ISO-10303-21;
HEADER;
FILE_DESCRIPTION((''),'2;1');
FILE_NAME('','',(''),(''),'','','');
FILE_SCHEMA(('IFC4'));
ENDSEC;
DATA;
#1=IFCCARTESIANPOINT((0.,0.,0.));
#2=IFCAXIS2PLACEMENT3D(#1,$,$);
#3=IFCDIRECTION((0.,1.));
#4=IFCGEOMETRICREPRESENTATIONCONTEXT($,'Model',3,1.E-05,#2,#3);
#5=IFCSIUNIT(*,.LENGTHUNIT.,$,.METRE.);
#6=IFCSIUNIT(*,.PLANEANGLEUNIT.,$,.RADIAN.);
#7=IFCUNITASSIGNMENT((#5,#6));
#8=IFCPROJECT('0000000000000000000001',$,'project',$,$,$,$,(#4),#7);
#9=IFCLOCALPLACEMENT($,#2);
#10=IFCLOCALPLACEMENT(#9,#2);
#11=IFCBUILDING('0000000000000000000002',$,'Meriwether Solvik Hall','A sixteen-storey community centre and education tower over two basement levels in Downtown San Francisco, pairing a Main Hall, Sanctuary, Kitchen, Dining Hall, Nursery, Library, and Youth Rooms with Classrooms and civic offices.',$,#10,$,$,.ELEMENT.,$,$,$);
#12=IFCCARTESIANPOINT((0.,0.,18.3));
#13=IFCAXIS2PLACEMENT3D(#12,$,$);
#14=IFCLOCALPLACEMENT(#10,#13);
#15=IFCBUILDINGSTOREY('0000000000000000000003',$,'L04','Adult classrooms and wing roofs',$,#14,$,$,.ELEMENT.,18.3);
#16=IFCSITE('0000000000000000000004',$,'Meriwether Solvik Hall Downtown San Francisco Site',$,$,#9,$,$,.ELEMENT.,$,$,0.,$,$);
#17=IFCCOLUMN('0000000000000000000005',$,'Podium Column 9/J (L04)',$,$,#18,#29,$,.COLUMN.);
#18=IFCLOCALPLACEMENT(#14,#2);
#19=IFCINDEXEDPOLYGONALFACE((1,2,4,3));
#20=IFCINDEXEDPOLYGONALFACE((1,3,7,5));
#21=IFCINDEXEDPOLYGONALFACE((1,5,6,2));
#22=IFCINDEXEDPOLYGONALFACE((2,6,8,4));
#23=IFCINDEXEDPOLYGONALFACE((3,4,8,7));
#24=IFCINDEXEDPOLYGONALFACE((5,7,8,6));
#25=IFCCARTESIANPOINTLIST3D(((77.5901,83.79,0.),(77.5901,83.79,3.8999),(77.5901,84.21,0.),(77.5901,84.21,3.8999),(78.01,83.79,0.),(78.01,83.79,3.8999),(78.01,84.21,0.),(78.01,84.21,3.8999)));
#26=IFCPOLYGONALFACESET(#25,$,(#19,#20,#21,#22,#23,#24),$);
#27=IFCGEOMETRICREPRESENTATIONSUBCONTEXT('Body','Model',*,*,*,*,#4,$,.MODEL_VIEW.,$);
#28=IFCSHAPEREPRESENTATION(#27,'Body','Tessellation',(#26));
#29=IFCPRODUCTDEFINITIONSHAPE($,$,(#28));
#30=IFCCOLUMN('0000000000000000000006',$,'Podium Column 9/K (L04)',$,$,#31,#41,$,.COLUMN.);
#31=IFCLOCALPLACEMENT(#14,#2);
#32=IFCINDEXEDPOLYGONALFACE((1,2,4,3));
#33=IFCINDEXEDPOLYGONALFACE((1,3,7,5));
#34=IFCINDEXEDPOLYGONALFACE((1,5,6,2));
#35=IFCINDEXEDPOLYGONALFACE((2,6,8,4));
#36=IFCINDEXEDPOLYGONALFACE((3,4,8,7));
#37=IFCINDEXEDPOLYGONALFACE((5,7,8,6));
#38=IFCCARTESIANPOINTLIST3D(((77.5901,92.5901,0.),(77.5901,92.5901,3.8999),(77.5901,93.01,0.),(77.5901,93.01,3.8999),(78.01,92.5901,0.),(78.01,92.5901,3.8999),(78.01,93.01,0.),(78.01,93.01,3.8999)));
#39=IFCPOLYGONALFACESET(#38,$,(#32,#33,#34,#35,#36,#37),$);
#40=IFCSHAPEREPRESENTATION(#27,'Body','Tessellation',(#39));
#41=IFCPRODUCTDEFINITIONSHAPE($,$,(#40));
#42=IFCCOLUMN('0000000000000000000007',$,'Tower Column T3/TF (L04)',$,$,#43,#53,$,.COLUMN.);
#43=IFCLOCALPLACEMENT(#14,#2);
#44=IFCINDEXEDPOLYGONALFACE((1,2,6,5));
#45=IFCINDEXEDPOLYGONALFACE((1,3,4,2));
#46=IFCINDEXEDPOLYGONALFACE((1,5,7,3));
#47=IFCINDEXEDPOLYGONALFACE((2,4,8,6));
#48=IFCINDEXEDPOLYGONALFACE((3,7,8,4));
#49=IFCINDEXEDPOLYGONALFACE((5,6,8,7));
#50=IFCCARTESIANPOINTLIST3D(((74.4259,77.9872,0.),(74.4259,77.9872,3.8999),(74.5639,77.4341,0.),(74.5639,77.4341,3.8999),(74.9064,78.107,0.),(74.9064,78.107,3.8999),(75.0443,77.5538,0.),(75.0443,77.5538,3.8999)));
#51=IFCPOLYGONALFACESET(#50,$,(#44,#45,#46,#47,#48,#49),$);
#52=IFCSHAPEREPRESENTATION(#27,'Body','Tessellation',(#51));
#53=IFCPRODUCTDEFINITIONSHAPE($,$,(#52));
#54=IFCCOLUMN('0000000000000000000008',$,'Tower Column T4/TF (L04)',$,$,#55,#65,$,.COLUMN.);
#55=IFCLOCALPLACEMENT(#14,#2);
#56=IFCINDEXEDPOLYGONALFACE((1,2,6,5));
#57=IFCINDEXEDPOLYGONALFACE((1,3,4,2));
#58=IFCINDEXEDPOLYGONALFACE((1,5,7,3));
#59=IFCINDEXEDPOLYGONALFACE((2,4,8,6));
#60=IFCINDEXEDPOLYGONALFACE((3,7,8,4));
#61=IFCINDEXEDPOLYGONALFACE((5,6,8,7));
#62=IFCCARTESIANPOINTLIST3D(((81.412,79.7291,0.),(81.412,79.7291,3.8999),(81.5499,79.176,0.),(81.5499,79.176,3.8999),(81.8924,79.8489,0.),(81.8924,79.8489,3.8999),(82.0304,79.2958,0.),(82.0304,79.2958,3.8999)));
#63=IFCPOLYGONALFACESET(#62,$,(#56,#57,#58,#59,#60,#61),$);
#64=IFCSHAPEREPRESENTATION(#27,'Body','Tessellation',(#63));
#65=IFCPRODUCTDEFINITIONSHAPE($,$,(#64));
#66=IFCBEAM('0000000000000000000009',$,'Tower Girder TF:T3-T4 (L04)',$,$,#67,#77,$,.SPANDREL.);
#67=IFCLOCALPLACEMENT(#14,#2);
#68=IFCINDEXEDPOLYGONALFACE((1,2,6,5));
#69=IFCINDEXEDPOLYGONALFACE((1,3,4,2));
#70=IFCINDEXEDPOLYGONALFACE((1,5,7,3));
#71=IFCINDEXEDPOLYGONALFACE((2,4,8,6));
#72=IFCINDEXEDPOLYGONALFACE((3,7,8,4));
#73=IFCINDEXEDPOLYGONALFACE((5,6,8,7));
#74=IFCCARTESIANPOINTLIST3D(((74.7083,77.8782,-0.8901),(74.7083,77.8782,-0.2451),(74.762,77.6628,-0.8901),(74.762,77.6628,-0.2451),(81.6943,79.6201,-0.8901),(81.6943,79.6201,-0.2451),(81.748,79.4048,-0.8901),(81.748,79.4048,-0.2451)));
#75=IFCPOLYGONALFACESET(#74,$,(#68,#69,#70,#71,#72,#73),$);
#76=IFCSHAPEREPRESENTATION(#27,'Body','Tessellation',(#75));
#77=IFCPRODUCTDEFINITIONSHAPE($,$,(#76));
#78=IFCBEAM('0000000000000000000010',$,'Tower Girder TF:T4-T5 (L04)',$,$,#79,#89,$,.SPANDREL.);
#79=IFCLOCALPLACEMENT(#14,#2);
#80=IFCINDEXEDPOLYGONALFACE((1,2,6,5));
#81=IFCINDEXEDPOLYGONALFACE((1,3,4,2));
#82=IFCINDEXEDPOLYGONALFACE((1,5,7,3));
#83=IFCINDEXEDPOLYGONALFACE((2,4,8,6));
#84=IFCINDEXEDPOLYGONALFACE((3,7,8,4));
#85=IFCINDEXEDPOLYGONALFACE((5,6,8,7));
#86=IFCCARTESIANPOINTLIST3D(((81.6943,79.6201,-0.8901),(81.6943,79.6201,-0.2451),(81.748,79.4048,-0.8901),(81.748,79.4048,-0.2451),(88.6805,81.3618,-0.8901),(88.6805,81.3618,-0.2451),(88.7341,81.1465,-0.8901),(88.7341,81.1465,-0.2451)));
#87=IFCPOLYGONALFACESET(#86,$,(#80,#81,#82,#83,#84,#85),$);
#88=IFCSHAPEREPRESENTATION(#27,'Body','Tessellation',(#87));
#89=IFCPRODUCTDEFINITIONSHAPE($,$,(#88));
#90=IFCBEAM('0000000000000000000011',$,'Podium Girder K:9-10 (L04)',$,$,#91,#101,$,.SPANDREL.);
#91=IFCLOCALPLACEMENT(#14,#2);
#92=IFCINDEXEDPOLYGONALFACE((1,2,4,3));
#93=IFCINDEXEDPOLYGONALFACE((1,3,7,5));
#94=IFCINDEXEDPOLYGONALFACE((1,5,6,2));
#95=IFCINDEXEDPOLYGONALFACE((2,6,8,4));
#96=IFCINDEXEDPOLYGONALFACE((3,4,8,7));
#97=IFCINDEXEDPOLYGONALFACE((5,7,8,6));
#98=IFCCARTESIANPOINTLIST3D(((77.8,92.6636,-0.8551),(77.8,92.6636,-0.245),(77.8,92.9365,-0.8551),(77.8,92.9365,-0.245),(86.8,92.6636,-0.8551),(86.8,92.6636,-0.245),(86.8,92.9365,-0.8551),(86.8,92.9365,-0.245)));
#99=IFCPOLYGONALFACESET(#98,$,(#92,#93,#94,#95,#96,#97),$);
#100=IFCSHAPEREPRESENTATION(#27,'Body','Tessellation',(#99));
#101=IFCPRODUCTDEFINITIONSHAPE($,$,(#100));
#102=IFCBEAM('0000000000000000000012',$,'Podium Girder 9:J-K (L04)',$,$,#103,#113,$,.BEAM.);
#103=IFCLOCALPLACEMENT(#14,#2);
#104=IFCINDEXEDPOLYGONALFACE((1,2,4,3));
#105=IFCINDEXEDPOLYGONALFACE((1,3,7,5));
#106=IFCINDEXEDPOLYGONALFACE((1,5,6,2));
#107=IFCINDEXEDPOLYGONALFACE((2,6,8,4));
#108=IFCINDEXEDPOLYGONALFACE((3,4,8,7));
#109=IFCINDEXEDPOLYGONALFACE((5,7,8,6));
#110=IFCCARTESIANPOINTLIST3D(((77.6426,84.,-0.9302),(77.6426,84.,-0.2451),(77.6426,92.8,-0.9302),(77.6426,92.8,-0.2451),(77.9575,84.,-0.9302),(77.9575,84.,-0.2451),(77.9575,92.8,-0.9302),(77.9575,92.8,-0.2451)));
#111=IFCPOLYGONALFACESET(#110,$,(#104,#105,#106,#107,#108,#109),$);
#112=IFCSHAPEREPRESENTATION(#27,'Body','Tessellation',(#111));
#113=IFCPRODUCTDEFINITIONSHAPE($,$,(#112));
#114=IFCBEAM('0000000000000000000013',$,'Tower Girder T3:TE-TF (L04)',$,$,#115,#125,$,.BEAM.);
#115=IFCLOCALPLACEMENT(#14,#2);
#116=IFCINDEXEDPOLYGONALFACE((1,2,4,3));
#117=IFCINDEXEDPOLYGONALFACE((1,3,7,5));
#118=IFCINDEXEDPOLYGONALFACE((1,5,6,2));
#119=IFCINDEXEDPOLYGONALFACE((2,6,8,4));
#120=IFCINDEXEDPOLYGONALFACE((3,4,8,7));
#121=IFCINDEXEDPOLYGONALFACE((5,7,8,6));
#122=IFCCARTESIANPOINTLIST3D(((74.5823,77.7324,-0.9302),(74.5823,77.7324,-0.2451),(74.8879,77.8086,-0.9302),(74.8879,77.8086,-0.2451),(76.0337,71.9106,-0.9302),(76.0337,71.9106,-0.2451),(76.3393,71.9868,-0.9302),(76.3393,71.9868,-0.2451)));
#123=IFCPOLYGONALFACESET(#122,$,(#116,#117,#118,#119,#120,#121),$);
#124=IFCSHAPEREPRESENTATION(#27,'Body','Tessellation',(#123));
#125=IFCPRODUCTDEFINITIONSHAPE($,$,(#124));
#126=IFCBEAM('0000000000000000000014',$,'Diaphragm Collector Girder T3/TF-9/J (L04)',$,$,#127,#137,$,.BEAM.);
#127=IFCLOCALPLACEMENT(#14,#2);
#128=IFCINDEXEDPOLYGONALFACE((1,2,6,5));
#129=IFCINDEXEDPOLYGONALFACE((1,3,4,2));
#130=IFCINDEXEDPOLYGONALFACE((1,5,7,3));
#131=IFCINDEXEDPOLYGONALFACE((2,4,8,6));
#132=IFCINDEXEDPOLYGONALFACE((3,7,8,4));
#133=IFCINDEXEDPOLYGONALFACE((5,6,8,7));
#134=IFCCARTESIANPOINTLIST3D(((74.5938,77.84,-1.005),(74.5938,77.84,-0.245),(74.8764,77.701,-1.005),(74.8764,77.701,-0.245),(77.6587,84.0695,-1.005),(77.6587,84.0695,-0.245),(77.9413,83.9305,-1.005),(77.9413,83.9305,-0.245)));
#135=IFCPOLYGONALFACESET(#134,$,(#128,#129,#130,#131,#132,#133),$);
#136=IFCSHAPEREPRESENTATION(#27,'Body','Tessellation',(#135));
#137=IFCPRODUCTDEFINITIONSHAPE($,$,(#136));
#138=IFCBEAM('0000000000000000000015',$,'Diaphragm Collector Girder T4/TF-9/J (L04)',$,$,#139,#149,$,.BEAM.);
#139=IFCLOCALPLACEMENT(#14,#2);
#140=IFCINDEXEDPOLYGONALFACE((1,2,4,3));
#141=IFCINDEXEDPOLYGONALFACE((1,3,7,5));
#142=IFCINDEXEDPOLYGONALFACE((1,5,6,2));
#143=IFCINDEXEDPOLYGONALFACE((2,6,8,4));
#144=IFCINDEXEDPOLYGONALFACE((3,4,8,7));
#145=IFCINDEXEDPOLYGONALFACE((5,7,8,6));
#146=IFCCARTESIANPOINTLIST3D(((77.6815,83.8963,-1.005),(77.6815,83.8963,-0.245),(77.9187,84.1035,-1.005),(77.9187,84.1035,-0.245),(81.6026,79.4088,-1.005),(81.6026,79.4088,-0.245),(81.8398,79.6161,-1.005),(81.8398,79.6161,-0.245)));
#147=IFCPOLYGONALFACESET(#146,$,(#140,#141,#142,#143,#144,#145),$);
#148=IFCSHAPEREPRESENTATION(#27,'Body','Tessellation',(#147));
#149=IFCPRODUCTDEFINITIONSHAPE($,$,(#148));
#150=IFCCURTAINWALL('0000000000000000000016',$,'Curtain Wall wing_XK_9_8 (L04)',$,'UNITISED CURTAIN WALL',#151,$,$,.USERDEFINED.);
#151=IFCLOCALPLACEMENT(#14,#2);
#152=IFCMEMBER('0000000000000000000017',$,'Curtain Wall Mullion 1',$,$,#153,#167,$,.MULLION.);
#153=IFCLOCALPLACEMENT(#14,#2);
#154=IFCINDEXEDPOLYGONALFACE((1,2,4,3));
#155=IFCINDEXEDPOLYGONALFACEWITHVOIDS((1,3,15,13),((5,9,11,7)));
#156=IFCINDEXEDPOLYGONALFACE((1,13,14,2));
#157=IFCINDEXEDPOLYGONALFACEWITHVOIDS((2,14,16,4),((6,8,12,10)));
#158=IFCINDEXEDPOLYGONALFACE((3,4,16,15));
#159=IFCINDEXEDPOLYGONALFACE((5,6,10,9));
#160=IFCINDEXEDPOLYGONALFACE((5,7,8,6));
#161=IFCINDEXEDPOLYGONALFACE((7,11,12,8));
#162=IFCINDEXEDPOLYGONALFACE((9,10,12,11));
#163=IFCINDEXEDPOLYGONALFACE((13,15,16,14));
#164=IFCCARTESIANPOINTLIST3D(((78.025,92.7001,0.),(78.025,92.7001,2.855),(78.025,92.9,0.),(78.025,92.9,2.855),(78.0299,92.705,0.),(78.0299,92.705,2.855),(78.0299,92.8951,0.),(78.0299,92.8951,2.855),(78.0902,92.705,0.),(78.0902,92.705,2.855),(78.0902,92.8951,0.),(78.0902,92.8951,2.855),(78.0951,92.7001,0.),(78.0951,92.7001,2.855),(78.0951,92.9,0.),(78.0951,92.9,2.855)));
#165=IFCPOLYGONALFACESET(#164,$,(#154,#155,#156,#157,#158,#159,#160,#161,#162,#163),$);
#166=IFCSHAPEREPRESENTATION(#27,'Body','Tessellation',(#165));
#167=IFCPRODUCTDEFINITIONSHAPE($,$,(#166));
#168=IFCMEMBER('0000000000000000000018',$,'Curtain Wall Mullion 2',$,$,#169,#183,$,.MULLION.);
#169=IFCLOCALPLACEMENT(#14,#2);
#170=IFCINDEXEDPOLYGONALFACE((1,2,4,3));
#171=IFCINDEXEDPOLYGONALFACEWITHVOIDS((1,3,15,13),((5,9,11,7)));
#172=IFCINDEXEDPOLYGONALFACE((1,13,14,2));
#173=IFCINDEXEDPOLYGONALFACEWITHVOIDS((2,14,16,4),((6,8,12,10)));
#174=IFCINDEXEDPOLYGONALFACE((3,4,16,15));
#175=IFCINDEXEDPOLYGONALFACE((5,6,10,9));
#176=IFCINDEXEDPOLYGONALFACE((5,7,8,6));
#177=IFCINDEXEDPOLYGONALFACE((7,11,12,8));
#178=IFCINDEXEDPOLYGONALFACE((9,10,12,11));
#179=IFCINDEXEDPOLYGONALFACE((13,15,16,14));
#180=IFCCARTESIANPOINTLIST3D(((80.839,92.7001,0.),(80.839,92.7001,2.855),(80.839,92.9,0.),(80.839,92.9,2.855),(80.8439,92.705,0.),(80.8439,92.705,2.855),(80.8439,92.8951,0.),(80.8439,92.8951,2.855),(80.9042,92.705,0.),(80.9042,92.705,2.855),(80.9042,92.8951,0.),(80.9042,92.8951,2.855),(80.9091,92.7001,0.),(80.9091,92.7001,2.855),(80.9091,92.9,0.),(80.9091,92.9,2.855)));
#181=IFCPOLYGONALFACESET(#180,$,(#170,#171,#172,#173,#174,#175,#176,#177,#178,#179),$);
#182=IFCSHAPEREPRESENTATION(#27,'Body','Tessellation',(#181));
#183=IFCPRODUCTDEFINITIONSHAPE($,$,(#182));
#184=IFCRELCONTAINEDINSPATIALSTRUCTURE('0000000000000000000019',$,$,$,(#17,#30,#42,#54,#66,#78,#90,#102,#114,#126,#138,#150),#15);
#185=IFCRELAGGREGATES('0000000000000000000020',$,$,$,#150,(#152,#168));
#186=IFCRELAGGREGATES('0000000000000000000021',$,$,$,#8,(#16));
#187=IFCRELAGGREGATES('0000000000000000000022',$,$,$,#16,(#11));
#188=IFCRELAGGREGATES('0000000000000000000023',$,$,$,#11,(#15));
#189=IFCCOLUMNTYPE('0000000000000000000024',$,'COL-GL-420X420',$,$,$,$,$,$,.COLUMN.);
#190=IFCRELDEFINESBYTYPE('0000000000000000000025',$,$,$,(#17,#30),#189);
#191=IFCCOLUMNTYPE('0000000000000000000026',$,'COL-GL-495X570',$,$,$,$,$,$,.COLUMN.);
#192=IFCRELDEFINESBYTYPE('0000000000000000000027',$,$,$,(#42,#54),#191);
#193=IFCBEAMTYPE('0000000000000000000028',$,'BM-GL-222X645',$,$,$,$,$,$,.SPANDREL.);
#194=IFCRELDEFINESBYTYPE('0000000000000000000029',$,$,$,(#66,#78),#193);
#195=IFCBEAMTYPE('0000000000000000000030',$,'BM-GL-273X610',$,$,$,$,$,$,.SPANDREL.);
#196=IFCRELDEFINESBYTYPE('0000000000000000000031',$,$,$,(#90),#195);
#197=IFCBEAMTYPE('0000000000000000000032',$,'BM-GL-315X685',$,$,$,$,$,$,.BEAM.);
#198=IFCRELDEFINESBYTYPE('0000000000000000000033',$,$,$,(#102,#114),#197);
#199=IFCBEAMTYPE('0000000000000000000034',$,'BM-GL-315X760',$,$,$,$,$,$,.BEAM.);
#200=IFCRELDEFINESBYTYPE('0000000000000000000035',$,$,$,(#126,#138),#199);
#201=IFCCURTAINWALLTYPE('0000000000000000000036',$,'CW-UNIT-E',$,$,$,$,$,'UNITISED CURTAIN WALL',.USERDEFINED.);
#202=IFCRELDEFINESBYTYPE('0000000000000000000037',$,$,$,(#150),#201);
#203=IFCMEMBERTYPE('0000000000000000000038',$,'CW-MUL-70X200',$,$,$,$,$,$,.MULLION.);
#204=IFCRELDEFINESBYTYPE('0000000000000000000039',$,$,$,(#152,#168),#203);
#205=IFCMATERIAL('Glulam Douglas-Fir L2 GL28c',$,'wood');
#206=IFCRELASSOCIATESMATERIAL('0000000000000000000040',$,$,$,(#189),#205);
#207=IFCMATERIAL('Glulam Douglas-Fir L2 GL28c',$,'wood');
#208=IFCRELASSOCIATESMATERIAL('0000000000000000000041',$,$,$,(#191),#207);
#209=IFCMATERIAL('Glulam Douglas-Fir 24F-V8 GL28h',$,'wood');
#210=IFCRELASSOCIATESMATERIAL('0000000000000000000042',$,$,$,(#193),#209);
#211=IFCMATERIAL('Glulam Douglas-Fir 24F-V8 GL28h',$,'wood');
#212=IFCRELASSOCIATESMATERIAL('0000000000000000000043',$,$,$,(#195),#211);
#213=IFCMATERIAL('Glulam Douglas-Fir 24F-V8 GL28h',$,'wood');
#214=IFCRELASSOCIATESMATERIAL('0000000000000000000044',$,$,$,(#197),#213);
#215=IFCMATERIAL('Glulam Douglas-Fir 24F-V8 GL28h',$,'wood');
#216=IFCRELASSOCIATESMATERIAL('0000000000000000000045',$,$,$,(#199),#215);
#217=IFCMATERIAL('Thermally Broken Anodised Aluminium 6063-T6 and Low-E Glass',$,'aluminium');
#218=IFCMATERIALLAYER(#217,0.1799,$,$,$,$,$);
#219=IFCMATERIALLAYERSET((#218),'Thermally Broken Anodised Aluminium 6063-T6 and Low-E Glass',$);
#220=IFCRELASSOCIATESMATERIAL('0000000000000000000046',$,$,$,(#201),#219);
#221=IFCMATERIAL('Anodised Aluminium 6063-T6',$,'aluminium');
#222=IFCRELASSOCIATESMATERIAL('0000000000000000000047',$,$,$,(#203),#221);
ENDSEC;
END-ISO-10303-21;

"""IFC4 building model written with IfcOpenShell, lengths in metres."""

from ifc_helpers import new_model, si_unit, direction, frame, origin, origin_2d, place, context, subcontext, project, spatial, rectangle, hollow_rectangle, extrude, material, layer, layer_set, material_profile, profile_set, type_object, element, aggregate, save


model = new_model("IFC4")

# Units and contexts
model_context = context("Model", 3, precision=1e-05, world=origin(), true_north=direction((0.0, 1.0)))
body_context = subcontext(model_context, "Body", "Model", "MODEL_VIEW")
ifc_project = project(units=[si_unit("LENGTHUNIT", "METRE"), si_unit("PLANEANGLEUNIT", "RADIAN")], contexts=[model_context])

# Site, building, storey
site_placement = place(None, origin())
site = spatial("IfcSite", under=ifc_project, at=site_placement, Name="Meriwether Solvik Hall Downtown San Francisco Site", CompositionType="ELEMENT", RefElevation=0.0)
building_placement = place(site_placement, origin())
building = spatial("IfcBuilding", under=site, at=building_placement, Name="Meriwether Solvik Hall", Description="A sixteen-storey community centre and education tower over two basement levels in Downtown San Francisco, pairing a Main Hall, Sanctuary, Kitchen, Dining Hall, Nursery, Library, and Youth Rooms with Classrooms and civic offices.", CompositionType="ELEMENT")
storey_placement = place(building_placement, frame((0.0, 0.0, 18.3)))
storey = spatial("IfcBuildingStorey", under=building, at=storey_placement, Name="L04", Description="Adult classrooms and wing roofs", CompositionType="ELEMENT", Elevation=18.3)

# Columns
ifc_material_1 = material(Name="Glulam Douglas-Fir L2 GL28c", Category="wood")
ifc_material_profile_1 = material_profile(ifc_material_1, rectangle(XDim=0.4199, YDim=0.4199, at=origin_2d()), Name="GLC-420X420")
ifc_profile_set_1 = profile_set([ifc_material_profile_1], Name="Glulam Douglas-Fir L2 GL28c")
column_type_1 = type_object("IfcColumnType", Name="COL-GL-420X420", PredefinedType="COLUMN", material=ifc_profile_set_1)
for number, where, z_axis, x_axis, name in (
    (1, (77.8, 84.0, 0.0), (0.0, 0.0, 1.0), (1.0, 0.0, 0.0), "Podium Column 9/J (L04)"),
    (2, (77.8, 92.8, 0.0), (0.0, 0.0, 1.0), (1.0, 0.0, 0.0), "Podium Column 9/K (L04)"),
):
    element("IfcColumn", number, at=place(storey_placement, frame(where, z_axis=z_axis, x_axis=x_axis)), inside=storey, type_object=column_type_1, Name=name, PredefinedType="COLUMN", context=body_context, shape_type="SweptSolid", body=[
        extrude(rectangle(XDim=0.4199, YDim=0.4199, at=origin_2d()), origin(), (0.0, 0.0, 1.0), 3.8999),
    ])
ifc_material_2 = material(Name="Glulam Douglas-Fir L2 GL28c", Category="wood")
ifc_material_profile_2 = material_profile(ifc_material_2, rectangle(XDim=0.4951, YDim=0.5701, at=origin_2d()), Name="GLC-495X570")
ifc_profile_set_2 = profile_set([ifc_material_profile_2], Name="Glulam Douglas-Fir L2 GL28c")
column_type_2 = type_object("IfcColumnType", Name="COL-GL-495X570", PredefinedType="COLUMN", material=ifc_profile_set_2)
for number, where, z_axis, x_axis, name in (
    (3, (74.7351, 77.7705, 0.0), (0.0, 0.0, 1.0), (0.970296, 0.241922, 0.0), "Tower Column T3/TF (L04)"),
    (4, (81.7212, 79.5125, 0.0), (0.0, 0.0, 1.0), (0.970296, 0.241922, 0.0), "Tower Column T4/TF (L04)"),
):
    element("IfcColumn", number, at=place(storey_placement, frame(where, z_axis=z_axis, x_axis=x_axis)), inside=storey, type_object=column_type_2, Name=name, PredefinedType="COLUMN", context=body_context, shape_type="SweptSolid", body=[
        extrude(rectangle(XDim=0.4951, YDim=0.5701, at=origin_2d()), origin(), (0.0, 0.0, 1.0), 3.8999),
    ])

# Beams
ifc_material_3 = material(Name="Glulam Douglas-Fir 24F-V8 GL28h", Category="wood")
ifc_material_profile_3 = material_profile(ifc_material_3, rectangle(XDim=0.2219, YDim=0.645, at=origin_2d()), Name="GLB-222X645")
ifc_profile_set_3 = profile_set([ifc_material_profile_3], Name="Glulam Douglas-Fir 24F-V8 GL28h")
beam_type_1 = type_object("IfcBeamType", Name="BM-GL-222X645", PredefinedType="SPANDREL", material=ifc_profile_set_3)
for number, where, z_axis, x_axis, name in (
    (5, (74.7351, 77.7705, -0.5676), (0.970292, 0.241937, 0.0), (-0.241937, 0.970292, 0.0), "Tower Girder TF:T3-T4 (L04)"),
    (6, (81.7212, 79.5125, -0.5676), (0.9703, 0.241905, 0.0), (-0.241905, 0.9703, 0.0), "Tower Girder TF:T4-T5 (L04)"),
):
    element("IfcBeam", number, at=place(storey_placement, frame(where, z_axis=z_axis, x_axis=x_axis)), inside=storey, type_object=beam_type_1, Name=name, PredefinedType="SPANDREL", context=body_context, shape_type="SweptSolid", body=[
        extrude(rectangle(XDim=0.2219, YDim=0.645, at=origin_2d()), origin(), (0.0, 0.0, 1.0), 7.2),
    ])
ifc_material_4 = material(Name="Glulam Douglas-Fir 24F-V8 GL28h", Category="wood")
ifc_material_profile_4 = material_profile(ifc_material_4, rectangle(XDim=0.2729, YDim=0.6101, at=origin_2d()), Name="GLB-273X610")
ifc_profile_set_4 = profile_set([ifc_material_profile_4], Name="Glulam Douglas-Fir 24F-V8 GL28h")
beam_type_2 = type_object("IfcBeamType", Name="BM-GL-273X610", PredefinedType="SPANDREL", material=ifc_profile_set_4)
beam_1_placement = place(storey_placement, frame((77.8, 92.8, -0.55), z_axis=(1.0, 0.0, 0.0), x_axis=(0.0, 1.0, 0.0)))
element("IfcBeam", 7, at=beam_1_placement, inside=storey, type_object=beam_type_2, Name="Podium Girder K:9-10 (L04)", PredefinedType="SPANDREL", context=body_context, shape_type="SweptSolid", body=[
    extrude(rectangle(XDim=0.2729, YDim=0.6101, at=origin_2d()), origin(), (0.0, 0.0, 1.0), 9.0),
])
ifc_material_5 = material(Name="Glulam Douglas-Fir 24F-V8 GL28h", Category="wood")
ifc_material_profile_5 = material_profile(ifc_material_5, rectangle(XDim=0.3149, YDim=0.6851, at=origin_2d()), Name="GLB-315X685")
ifc_profile_set_5 = profile_set([ifc_material_profile_5], Name="Glulam Douglas-Fir 24F-V8 GL28h")
beam_type_3 = type_object("IfcBeamType", Name="BM-GL-315X685", PredefinedType="BEAM", material=ifc_profile_set_5)
beam_2_placement = place(storey_placement, frame((77.8, 84.0, -0.5876), z_axis=(0.0, 1.0, 0.0), x_axis=(-1.0, 0.0, 0.0)))
element("IfcBeam", 8, at=beam_2_placement, inside=storey, type_object=beam_type_3, Name="Podium Girder 9:J-K (L04)", PredefinedType="BEAM", context=body_context, shape_type="SweptSolid", body=[
    extrude(rectangle(XDim=0.3149, YDim=0.6851, at=origin_2d()), origin(), (0.0, 0.0, 1.0), 8.8),
])
beam_3_placement = place(storey_placement, frame((76.1865, 71.9487, -0.5876), z_axis=(-0.241904, 0.9703, 0.0), x_axis=(-0.9703, -0.241904, 0.0)))
element("IfcBeam", 9, at=beam_3_placement, inside=storey, type_object=beam_type_3, Name="Tower Girder T3:TE-TF (L04)", PredefinedType="BEAM", context=body_context, shape_type="SweptSolid", body=[
    extrude(rectangle(XDim=0.3149, YDim=0.6851, at=origin_2d()), origin(), (0.0, 0.0, 1.0), 6.0),
])
ifc_material_6 = material(Name="Glulam Douglas-Fir 24F-V8 GL28h", Category="wood")
ifc_material_profile_6 = material_profile(ifc_material_6, rectangle(XDim=0.3149, YDim=0.76, at=origin_2d()), Name="GLB-315X760")
ifc_profile_set_6 = profile_set([ifc_material_profile_6], Name="Glulam Douglas-Fir 24F-V8 GL28h")
beam_type_4 = type_object("IfcBeamType", Name="BM-GL-315X760", PredefinedType="BEAM", material=ifc_profile_set_6)
beam_4_placement = place(storey_placement, frame((74.7351, 77.7705, -0.625), z_axis=(0.441465, 0.897278, 0.0), x_axis=(-0.897278, 0.441465, 0.0)))
element("IfcBeam", 10, at=beam_4_placement, inside=storey, type_object=beam_type_4, Name="Diaphragm Collector Girder T3/TF-9/J (L04)", PredefinedType="BEAM", context=body_context, shape_type="SweptSolid", body=[
    extrude(rectangle(XDim=0.3149, YDim=0.76, at=origin_2d()), origin(), (0.0, 0.0, 1.0), 6.9426),
])
beam_5_placement = place(storey_placement, frame((81.7212, 79.5125, -0.625), z_axis=(-0.657985, 0.753031, 0.0), x_axis=(-0.753031, -0.657985, 0.0)))
element("IfcBeam", 11, at=beam_5_placement, inside=storey, type_object=beam_type_4, Name="Diaphragm Collector Girder T4/TF-9/J (L04)", PredefinedType="BEAM", context=body_context, shape_type="SweptSolid", body=[
    extrude(rectangle(XDim=0.3149, YDim=0.76, at=origin_2d()), origin(), (0.0, 0.0, 1.0), 5.9592),
])

# Curtain wall, members
ifc_material_7 = material(Name="Thermally Broken Anodised Aluminium 6063-T6 and Low-E Glass", Category="aluminium")
ifc_layer_1 = layer(ifc_material_7, 0.1799)
ifc_layer_set_1 = layer_set([ifc_layer_1], Name="Thermally Broken Anodised Aluminium 6063-T6 and Low-E Glass")
curtain_wall_type = type_object("IfcCurtainWallType", Name="CW-UNIT-E", ElementType="UNITISED CURTAIN WALL", PredefinedType="USERDEFINED", material=ifc_layer_set_1)
curtain_wall_placement = place(storey_placement, origin())
curtain_wall = element("IfcCurtainWall", 12, at=curtain_wall_placement, inside=storey, type_object=curtain_wall_type, Name="Curtain Wall wing_XK_9_8 (L04)", ObjectType="UNITISED CURTAIN WALL", PredefinedType="USERDEFINED")
ifc_material_8 = material(Name="Anodised Aluminium 6063-T6", Category="aluminium")
ifc_material_profile_7 = material_profile(ifc_material_8, hollow_rectangle(XDim=0.0701, YDim=0.2, WallThickness=0.0049, at=origin_2d()), Name="CWM-70X200")
ifc_profile_set_7 = profile_set([ifc_material_profile_7], Name="Anodised Aluminium 6063-T6")
member_type_1 = type_object("IfcMemberType", Name="CW-MUL-70X200", PredefinedType="MULLION", material=ifc_profile_set_7)
member_1_placement = place(storey_placement, frame((78.0601, 92.8, 0.0), z_axis=(0.0, 0.0, 1.0), x_axis=(1.0, 0.0, 0.0)))
member_1 = element("IfcMember", 13, at=member_1_placement, type_object=member_type_1, Name="Curtain Wall Mullion 1", PredefinedType="MULLION", context=body_context, shape_type="SweptSolid", body=[
    extrude(hollow_rectangle(XDim=0.0701, YDim=0.2, WallThickness=0.0049, at=origin_2d()), origin(), (0.0, 0.0, 1.0), 2.855),
])
member_2_placement = place(storey_placement, frame((80.874, 92.8, 0.0), z_axis=(0.0, 0.0, 1.0), x_axis=(1.0, 0.0, 0.0)))
member_2 = element("IfcMember", 14, at=member_2_placement, type_object=member_type_1, Name="Curtain Wall Mullion 2", PredefinedType="MULLION", context=body_context, shape_type="SweptSolid", body=[
    extrude(hollow_rectangle(XDim=0.0701, YDim=0.2, WallThickness=0.0049, at=origin_2d()), origin(), (0.0, 0.0, 1.0), 2.855),
])

aggregate(curtain_wall, [member_1, member_2])

save(model, "model.ifc")
